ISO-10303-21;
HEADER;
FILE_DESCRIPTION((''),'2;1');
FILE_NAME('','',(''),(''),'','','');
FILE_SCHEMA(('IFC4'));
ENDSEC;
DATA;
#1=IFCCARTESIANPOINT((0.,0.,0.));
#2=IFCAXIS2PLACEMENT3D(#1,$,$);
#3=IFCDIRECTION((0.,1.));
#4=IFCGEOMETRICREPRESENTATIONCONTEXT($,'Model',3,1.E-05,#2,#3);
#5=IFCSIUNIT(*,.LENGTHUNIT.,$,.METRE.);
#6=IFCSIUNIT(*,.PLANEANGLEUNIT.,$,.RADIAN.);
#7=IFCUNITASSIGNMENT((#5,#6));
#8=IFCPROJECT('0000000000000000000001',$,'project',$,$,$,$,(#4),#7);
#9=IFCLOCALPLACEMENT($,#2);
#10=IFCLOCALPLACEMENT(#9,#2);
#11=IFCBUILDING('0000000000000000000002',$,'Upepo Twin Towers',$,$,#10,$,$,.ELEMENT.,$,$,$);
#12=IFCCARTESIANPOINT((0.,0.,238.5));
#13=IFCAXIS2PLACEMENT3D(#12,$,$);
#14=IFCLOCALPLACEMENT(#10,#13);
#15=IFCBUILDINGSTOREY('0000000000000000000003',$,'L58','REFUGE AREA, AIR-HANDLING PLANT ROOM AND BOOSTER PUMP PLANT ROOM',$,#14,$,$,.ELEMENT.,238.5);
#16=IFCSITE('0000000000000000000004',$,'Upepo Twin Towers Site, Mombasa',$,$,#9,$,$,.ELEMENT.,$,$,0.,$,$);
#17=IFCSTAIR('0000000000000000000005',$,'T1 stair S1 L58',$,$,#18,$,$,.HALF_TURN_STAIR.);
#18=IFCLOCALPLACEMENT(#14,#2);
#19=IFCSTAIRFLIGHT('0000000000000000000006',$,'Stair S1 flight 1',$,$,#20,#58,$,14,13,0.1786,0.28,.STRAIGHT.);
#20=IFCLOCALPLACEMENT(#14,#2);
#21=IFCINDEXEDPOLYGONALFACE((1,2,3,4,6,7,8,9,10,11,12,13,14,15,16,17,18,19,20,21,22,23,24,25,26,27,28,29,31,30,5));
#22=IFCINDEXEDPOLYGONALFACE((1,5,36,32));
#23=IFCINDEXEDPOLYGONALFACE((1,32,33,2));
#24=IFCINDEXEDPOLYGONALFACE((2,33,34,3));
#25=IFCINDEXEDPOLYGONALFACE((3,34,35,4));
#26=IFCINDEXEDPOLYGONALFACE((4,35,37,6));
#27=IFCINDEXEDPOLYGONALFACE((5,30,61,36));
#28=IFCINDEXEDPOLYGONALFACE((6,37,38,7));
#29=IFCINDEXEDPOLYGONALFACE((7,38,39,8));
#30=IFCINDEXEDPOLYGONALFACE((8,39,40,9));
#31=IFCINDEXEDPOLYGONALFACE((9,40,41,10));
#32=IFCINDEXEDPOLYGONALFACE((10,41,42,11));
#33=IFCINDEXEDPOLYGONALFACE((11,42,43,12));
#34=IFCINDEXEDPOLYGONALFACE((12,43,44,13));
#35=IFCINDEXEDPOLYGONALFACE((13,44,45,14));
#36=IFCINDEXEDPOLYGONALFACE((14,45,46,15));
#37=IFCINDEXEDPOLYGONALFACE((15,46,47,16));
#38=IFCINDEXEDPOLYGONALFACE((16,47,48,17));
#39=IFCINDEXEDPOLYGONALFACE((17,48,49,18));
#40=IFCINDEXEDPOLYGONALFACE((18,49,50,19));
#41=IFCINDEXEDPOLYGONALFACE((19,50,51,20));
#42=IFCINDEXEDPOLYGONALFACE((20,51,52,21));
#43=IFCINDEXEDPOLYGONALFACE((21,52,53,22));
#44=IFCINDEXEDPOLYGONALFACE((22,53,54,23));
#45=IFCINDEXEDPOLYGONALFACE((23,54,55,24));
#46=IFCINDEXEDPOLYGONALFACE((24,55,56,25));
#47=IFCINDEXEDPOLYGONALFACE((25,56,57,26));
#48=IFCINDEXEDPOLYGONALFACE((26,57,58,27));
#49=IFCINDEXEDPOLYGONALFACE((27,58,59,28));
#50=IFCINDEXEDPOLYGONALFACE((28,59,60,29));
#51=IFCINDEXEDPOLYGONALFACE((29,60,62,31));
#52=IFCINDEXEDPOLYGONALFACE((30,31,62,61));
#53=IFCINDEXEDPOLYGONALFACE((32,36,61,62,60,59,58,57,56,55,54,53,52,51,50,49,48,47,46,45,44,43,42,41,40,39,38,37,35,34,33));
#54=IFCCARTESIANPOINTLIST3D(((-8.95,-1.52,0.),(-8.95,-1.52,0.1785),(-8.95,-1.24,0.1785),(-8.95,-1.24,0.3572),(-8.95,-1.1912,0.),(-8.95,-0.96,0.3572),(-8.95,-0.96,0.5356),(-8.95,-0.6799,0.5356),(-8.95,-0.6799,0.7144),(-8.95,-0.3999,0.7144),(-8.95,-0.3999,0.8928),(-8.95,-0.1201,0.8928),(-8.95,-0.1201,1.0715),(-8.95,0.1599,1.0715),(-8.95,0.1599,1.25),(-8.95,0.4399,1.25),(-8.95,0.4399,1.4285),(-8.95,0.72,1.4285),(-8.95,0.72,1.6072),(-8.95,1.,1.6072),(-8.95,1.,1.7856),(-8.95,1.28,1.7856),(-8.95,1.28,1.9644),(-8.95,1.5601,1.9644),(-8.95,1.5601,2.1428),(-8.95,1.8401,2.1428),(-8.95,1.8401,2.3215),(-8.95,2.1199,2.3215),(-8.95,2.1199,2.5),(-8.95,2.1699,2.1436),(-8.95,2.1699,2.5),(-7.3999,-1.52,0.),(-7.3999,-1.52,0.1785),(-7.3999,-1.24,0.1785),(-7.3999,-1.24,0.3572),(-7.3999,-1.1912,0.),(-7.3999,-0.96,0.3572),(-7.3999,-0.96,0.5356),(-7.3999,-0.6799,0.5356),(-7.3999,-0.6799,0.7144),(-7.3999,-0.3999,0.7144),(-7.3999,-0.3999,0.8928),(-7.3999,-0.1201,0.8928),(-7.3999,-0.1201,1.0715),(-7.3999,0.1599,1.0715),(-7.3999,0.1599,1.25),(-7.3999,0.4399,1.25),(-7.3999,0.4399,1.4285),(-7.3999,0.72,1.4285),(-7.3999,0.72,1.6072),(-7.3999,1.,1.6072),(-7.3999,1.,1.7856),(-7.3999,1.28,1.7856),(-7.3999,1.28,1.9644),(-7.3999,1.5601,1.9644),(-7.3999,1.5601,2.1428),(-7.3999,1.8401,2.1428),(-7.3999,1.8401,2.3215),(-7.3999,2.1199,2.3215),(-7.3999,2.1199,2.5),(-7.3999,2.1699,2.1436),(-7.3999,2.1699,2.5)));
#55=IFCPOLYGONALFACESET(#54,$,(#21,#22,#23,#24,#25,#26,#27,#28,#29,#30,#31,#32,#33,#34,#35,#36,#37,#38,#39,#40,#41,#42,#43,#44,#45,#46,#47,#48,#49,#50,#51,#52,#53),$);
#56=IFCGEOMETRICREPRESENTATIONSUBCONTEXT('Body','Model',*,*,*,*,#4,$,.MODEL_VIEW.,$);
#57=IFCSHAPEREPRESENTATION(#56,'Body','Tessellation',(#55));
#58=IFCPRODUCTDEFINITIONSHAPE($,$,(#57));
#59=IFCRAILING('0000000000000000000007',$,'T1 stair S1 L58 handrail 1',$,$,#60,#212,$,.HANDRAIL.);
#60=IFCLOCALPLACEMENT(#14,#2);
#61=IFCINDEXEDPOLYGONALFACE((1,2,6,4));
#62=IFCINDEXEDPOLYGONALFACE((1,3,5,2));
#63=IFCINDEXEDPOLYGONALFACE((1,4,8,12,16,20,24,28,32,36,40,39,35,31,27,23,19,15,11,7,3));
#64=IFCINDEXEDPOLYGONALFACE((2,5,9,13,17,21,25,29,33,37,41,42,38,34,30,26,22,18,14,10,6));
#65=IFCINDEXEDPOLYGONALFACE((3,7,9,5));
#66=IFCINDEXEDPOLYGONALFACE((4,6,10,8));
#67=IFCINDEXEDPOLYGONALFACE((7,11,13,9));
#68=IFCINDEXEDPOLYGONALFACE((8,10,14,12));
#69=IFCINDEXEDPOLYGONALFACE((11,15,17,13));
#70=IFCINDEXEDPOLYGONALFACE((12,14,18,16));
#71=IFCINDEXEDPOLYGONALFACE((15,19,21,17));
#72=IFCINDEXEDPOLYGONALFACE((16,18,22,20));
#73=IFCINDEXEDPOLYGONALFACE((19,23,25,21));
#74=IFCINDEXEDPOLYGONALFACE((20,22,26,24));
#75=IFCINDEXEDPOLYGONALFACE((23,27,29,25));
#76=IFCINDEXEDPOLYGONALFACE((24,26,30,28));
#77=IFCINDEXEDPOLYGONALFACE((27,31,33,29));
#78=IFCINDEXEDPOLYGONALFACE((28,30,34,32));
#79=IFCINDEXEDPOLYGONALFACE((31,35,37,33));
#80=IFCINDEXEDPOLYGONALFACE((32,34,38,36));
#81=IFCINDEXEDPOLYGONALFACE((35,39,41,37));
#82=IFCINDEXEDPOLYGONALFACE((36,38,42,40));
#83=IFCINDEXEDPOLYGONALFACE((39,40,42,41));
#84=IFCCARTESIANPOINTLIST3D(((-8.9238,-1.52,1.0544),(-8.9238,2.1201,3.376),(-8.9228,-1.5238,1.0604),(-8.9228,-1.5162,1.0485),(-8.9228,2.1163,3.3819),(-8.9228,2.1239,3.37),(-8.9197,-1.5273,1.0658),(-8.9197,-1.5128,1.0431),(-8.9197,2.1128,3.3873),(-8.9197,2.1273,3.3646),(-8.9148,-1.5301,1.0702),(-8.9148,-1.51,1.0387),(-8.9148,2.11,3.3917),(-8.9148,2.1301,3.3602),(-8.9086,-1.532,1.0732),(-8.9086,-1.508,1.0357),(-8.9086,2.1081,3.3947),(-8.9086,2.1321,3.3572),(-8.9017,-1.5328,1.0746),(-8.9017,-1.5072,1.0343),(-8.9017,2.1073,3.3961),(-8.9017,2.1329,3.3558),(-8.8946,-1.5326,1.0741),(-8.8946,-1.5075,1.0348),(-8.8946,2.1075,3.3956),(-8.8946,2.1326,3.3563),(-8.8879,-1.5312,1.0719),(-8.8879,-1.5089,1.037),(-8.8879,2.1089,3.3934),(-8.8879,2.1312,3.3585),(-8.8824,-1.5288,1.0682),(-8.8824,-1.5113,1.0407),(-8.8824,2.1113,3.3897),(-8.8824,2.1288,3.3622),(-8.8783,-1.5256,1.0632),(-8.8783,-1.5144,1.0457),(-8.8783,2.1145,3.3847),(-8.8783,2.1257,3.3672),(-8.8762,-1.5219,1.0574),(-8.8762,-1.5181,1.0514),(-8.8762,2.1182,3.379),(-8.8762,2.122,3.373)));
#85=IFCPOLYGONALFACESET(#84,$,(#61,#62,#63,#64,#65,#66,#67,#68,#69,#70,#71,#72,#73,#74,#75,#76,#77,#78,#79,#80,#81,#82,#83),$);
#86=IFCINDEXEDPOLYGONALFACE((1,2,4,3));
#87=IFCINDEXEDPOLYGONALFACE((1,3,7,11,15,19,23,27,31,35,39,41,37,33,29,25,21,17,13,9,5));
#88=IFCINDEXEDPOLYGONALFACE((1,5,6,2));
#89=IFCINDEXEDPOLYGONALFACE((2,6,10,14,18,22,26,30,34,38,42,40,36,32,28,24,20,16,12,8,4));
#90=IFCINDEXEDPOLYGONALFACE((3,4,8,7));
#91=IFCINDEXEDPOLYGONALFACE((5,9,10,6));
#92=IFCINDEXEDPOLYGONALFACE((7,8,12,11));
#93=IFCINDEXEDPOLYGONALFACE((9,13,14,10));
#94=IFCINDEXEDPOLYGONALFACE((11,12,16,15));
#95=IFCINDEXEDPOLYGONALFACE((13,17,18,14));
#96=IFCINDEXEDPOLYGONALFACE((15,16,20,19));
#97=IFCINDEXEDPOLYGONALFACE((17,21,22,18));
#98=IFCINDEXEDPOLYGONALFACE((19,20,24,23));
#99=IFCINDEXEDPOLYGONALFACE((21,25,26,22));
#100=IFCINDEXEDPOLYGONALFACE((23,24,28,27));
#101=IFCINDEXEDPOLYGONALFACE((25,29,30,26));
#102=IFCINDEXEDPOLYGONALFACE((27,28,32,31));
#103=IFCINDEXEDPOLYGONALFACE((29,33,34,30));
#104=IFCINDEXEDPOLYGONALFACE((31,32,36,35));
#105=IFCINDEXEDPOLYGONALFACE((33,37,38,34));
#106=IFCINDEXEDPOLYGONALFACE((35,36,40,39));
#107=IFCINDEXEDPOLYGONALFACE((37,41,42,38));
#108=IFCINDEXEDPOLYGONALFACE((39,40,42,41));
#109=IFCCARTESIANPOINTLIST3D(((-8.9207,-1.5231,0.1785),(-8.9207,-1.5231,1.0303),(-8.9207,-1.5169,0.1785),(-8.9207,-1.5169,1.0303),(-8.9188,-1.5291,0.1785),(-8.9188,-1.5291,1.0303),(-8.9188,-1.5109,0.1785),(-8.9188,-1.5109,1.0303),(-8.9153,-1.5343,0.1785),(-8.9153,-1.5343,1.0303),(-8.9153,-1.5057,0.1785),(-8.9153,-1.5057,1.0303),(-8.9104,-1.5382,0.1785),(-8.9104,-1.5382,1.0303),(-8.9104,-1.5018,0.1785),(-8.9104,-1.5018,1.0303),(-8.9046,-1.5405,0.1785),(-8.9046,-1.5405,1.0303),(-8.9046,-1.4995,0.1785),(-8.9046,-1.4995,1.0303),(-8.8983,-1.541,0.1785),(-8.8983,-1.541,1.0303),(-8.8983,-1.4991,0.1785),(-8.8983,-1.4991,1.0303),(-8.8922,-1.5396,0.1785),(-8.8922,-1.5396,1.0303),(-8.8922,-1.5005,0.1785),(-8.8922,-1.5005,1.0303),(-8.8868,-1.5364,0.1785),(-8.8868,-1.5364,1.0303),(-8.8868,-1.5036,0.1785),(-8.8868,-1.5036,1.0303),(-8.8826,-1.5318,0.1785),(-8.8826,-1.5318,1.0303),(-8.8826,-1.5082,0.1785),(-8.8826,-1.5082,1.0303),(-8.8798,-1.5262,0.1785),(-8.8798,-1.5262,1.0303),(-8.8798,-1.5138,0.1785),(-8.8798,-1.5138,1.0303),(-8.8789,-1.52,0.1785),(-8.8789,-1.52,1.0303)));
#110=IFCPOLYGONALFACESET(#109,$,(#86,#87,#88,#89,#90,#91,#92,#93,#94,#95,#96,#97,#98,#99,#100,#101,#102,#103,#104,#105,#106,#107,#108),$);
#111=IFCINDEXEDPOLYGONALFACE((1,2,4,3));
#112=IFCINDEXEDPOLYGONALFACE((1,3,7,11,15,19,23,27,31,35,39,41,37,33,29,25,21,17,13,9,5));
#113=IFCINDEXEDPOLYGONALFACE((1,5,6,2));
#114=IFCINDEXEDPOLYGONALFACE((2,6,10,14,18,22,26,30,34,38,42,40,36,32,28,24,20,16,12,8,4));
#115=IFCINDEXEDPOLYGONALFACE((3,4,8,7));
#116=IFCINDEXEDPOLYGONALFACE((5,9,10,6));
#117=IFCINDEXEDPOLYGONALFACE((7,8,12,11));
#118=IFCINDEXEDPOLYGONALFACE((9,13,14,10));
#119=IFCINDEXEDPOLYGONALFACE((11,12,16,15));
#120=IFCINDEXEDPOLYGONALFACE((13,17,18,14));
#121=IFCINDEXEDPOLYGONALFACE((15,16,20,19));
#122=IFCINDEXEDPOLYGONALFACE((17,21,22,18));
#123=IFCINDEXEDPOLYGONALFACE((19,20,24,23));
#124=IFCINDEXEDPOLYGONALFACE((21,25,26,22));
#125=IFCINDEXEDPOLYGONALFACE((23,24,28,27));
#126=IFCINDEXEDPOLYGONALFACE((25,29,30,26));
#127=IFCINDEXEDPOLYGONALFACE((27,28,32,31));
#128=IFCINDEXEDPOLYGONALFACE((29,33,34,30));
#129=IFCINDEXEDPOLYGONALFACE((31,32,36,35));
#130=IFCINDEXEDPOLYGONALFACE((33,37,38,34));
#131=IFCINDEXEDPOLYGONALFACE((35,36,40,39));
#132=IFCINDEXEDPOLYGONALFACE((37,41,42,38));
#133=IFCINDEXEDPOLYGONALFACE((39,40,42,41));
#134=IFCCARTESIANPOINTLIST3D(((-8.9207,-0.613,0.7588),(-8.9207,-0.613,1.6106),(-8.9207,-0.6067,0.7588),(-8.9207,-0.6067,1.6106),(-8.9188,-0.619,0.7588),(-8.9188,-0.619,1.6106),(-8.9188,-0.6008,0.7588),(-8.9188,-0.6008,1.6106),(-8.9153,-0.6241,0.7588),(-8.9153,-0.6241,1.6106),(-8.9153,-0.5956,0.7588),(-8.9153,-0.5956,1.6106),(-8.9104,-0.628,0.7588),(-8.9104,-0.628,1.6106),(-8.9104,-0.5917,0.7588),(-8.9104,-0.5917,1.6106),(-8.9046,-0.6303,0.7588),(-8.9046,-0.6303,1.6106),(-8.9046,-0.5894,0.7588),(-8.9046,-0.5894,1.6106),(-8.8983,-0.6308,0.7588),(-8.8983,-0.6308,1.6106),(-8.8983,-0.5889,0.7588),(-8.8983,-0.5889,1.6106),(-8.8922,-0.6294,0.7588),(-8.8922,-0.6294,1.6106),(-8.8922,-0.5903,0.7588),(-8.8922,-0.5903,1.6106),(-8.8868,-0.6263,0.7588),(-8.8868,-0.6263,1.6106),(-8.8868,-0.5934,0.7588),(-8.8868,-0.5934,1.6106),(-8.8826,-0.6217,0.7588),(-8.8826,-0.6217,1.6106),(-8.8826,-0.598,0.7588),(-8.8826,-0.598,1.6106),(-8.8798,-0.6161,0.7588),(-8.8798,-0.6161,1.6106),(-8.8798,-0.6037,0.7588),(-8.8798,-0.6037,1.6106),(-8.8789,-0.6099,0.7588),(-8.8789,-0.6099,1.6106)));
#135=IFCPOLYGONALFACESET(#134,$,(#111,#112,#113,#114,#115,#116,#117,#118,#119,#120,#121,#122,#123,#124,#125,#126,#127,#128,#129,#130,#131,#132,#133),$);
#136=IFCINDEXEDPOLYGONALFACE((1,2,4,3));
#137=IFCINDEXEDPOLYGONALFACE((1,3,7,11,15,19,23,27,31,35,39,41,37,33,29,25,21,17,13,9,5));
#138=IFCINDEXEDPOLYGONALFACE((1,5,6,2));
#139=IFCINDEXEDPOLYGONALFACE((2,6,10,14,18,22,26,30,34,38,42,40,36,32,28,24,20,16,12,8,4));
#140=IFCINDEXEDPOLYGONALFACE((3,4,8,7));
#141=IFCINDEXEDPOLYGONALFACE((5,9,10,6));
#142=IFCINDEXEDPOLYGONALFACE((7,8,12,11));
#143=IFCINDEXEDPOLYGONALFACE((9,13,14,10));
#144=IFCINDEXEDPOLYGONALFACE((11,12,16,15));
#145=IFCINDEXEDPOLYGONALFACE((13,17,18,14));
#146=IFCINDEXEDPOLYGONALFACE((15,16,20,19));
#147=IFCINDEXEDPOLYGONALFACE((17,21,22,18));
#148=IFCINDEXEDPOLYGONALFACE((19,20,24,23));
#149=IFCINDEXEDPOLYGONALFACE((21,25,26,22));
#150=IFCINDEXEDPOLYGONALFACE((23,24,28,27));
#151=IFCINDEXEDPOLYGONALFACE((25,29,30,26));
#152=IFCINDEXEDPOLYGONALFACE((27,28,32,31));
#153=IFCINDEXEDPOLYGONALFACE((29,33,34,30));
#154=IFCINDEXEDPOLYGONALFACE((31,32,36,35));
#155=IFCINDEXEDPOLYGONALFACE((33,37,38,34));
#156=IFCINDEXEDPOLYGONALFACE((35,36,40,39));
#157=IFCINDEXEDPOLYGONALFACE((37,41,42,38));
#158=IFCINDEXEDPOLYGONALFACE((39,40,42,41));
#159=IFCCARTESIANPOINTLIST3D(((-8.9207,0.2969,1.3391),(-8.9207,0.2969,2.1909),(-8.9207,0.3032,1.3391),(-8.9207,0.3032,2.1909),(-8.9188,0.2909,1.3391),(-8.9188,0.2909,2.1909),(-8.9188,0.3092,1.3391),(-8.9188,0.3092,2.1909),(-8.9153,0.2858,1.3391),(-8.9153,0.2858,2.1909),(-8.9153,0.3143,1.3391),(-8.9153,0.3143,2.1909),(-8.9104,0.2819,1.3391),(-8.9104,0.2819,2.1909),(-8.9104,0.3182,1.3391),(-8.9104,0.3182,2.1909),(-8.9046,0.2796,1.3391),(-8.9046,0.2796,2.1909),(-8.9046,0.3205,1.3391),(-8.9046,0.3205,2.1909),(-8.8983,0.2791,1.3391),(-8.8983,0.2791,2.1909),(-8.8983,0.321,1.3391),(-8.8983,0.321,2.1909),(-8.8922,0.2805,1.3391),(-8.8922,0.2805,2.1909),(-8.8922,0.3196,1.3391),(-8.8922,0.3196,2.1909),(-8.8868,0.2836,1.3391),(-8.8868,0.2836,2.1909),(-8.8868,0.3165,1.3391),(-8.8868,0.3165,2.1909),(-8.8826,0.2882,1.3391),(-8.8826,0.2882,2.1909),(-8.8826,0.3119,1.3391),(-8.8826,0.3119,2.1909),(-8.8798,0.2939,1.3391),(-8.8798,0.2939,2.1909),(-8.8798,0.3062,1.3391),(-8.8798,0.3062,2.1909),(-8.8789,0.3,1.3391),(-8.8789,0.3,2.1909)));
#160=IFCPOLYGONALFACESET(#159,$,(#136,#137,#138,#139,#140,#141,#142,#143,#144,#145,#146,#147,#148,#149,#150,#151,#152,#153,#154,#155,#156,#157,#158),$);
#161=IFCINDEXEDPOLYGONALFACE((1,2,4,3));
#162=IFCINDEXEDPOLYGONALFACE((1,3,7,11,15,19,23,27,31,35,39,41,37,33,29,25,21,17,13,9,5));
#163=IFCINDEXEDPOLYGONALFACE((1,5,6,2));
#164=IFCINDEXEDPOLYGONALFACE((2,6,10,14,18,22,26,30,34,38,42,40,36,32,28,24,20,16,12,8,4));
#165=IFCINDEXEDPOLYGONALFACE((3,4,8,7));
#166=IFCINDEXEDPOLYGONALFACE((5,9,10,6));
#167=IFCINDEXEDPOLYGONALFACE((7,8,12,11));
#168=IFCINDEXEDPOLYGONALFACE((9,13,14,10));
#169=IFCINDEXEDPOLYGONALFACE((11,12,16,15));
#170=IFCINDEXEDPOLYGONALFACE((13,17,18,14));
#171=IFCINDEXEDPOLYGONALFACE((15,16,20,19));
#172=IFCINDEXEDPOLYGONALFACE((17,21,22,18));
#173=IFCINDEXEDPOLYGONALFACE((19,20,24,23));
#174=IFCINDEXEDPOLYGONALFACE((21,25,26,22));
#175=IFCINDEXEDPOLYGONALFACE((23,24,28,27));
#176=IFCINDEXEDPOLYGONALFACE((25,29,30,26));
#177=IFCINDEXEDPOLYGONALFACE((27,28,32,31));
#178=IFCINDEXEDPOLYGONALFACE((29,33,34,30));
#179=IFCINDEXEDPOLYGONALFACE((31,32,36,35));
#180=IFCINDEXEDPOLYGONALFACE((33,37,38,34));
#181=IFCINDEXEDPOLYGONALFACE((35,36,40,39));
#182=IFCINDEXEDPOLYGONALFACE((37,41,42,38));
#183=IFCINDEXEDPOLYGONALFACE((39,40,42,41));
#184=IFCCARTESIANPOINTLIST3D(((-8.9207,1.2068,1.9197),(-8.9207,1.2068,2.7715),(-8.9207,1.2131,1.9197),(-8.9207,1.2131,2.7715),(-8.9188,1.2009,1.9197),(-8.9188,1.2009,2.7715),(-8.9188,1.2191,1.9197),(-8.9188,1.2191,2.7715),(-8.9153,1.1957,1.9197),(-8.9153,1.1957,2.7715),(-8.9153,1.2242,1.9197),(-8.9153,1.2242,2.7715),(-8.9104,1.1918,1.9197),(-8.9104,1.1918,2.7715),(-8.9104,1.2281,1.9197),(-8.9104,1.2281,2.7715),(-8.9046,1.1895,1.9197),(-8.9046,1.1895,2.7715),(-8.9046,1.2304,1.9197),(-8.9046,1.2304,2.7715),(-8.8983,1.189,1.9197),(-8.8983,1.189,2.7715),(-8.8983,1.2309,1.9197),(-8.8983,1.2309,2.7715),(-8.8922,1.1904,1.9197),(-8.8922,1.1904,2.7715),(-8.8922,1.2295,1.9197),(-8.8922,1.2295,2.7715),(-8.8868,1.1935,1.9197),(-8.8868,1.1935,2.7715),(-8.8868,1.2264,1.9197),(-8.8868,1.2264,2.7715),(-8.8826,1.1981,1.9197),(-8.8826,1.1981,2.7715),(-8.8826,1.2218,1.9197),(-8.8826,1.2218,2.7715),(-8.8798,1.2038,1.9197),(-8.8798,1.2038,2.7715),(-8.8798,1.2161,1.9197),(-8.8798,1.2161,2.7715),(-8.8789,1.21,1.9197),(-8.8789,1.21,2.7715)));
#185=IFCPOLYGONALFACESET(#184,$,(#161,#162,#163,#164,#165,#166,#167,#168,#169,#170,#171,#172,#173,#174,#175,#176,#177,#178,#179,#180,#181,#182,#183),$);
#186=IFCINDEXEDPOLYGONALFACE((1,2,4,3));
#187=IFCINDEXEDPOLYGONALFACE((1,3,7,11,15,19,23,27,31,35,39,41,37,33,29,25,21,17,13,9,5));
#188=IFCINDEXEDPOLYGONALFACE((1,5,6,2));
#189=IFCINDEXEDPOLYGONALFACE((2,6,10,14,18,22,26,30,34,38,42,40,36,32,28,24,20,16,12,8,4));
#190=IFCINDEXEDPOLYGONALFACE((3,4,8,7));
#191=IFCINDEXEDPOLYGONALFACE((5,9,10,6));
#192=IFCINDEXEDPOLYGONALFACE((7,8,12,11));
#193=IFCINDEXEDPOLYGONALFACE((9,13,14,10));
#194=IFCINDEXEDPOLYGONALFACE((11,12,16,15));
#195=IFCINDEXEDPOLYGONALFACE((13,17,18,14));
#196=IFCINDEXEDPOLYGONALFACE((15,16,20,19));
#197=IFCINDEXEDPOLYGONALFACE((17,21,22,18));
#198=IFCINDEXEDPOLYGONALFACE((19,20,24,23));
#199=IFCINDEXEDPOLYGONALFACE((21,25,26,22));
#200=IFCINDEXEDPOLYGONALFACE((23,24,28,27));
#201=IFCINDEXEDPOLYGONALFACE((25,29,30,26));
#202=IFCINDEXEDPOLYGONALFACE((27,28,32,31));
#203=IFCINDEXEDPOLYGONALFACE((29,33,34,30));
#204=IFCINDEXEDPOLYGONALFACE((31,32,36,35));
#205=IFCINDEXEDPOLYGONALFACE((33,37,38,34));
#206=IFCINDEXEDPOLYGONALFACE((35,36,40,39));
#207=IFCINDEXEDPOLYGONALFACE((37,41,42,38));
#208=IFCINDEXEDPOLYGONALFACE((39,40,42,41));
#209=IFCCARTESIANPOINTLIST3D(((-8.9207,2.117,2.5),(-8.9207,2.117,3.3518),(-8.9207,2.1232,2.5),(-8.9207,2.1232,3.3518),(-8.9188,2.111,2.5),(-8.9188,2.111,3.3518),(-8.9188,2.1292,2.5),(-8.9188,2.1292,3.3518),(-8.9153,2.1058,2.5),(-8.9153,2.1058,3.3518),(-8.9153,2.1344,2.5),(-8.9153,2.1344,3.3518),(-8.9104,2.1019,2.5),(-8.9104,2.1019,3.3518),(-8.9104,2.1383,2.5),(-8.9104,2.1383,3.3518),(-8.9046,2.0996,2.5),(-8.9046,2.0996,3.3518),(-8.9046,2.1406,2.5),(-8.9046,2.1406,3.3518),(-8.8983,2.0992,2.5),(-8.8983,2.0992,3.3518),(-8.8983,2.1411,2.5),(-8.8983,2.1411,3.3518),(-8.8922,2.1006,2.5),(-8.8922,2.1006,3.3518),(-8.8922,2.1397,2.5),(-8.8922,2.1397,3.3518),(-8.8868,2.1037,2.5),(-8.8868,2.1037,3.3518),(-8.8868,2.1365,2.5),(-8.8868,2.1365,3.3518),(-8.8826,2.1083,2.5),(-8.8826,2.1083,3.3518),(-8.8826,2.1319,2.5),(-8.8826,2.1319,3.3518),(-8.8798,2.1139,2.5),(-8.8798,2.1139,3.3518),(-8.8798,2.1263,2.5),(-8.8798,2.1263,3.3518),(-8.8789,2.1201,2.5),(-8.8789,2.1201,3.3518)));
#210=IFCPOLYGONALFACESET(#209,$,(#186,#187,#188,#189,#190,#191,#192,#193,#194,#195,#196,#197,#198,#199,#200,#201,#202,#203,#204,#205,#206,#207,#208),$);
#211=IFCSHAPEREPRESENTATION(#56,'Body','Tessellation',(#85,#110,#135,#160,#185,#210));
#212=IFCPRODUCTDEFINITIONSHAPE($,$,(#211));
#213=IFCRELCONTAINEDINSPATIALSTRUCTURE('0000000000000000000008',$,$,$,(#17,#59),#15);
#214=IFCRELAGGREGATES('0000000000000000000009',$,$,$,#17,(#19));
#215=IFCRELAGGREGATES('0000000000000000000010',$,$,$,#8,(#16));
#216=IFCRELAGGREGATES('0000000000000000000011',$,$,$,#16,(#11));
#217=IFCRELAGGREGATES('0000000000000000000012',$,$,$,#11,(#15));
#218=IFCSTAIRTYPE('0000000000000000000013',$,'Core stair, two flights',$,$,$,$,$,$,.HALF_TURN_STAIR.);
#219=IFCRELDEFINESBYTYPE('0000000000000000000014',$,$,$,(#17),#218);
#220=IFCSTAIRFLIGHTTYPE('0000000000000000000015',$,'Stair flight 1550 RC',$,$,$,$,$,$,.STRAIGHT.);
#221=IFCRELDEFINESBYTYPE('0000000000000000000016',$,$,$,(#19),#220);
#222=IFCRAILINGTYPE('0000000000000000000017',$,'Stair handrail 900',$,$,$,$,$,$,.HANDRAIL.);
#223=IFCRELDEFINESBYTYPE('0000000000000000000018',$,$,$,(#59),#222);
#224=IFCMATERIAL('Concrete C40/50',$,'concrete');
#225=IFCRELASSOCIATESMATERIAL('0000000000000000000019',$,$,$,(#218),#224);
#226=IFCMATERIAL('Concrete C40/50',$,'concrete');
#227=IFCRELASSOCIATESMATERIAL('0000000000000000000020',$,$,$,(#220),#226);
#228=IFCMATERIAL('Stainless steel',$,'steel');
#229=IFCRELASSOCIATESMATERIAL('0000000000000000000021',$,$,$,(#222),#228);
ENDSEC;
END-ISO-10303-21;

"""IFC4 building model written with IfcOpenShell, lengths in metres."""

from ifc_helpers import new_model, si_unit, direction, frame, origin, origin_2d, place, context, subcontext, project, spatial, polyline, circle, outline, extrude, material, type_object, element, aggregate, save


model = new_model("IFC4")

# Units and contexts
model_context = context("Model", 3, precision=1e-05, world=origin(), true_north=direction((0.0, 1.0)))
body_context = subcontext(model_context, "Body", "Model", "MODEL_VIEW")
ifc_project = project(units=[si_unit("LENGTHUNIT", "METRE"), si_unit("PLANEANGLEUNIT", "RADIAN")], contexts=[model_context])

# Site, building, storey
site_placement = place(None, origin())
site = spatial("IfcSite", under=ifc_project, at=site_placement, Name="Upepo Twin Towers Site, Mombasa", CompositionType="ELEMENT", RefElevation=0.0)
building_placement = place(site_placement, origin())
building = spatial("IfcBuilding", under=site, at=building_placement, Name="Upepo Twin Towers", CompositionType="ELEMENT")
storey_placement = place(building_placement, frame((0.0, 0.0, 238.5)))
storey = spatial("IfcBuildingStorey", under=building, at=storey_placement, Name="L58", Description="REFUGE AREA, AIR-HANDLING PLANT ROOM AND BOOSTER PUMP PLANT ROOM", CompositionType="ELEMENT", Elevation=238.5)

# Stair
ifc_material_1 = material(Name="Concrete C40/50", Category="concrete")
stair_type = type_object("IfcStairType", Name="Core stair, two flights", PredefinedType="HALF_TURN_STAIR", material=ifc_material_1)
stair_1_placement = place(storey_placement, origin())
stair_1 = element("IfcStair", 1, at=stair_1_placement, inside=storey, type_object=stair_type, Name="T1 stair S1 L58", PredefinedType="HALF_TURN_STAIR")

# Stair flight
ifc_material_2 = material(Name="Concrete C40/50", Category="concrete")
stair_flight_type = type_object("IfcStairFlightType", Name="Stair flight 1550 RC", PredefinedType="STRAIGHT", material=ifc_material_2)
stair_flight_placement = place(storey_placement, frame((-8.175, -1.52, 0.0), z_axis=(0.0, 0.0, 1.0), x_axis=(0.0, 1.0, 0.0)))
stair_flight = element("IfcStairFlight", 2, at=stair_flight_placement, type_object=stair_flight_type, Name="Stair S1 flight 1", NumberOfRisers=14, NumberOfTreads=13, PredefinedType="STRAIGHT", RiserHeight=0.1786, TreadLength=0.28, context=body_context, shape_type="SweptSolid", body=[
    extrude(outline(polyline([(0.0, 0.0), (0.0, 0.1785), (0.28, 0.1785), (0.28, 0.3572), (0.5601, 0.3572), (0.5601, 0.5356), (0.8401, 0.5356), (0.8401, 0.7144), (1.1201, 0.7144), (1.1201, 0.8928), (1.3999, 0.8928), (1.3999, 1.0715), (1.6799, 1.0715), (1.6799, 1.25), (1.96, 1.25), (1.96, 1.4285), (2.24, 1.4285), (2.24, 1.6072), (2.52, 1.6072), (2.52, 1.7856), (2.8, 1.7856), (2.8, 1.9644), (3.0801, 1.9644), (3.0801, 2.1428), (3.3601, 2.1428), (3.3601, 2.3215), (3.6399, 2.3215), (3.6399, 2.5), (3.6899, 2.5), (3.6899, 2.1436), (0.3289, 0.0), (0.0, 0.0)])), frame((0.0, 0.7749, 0.0), z_axis=(0.0, -1.0, 0.0), x_axis=(1.0, 0.0, 0.0)), (0.0, 0.0, 1.0), 1.55),
])
aggregate(stair_1, [stair_flight])

# Railing
ifc_material_3 = material(Name="Stainless steel", Category="steel")
railing_type = type_object("IfcRailingType", Name="Stair handrail 900", PredefinedType="HANDRAIL", material=ifc_material_3)
railing_placement = place(storey_placement, frame((-8.8999, -1.52, 0.1785)))
element("IfcRailing", 3, at=railing_placement, inside=storey, type_object=railing_type, Name="T1 stair S1 L58 handrail 1", PredefinedType="HANDRAIL", context=body_context, shape_type="SweptSolid", body=[
    extrude(circle(Radius=0.0239, at=origin_2d()), frame((0.0, 0.0, 0.876), z_axis=(0.0, 0.843128, 0.537713), x_axis=(-1.0, 0.0, 0.0)), (0.0, 0.0, 1.0), 4.3174),
    extrude(circle(Radius=0.021, at=origin_2d()), origin(), (0.0, 0.0, 1.0), 0.8518),
    extrude(circle(Radius=0.021, at=origin_2d()), frame((0.0, 0.9102, 0.5803)), (0.0, 0.0, 1.0), 0.8518),
    extrude(circle(Radius=0.021, at=origin_2d()), frame((0.0, 1.8201, 1.1606)), (0.0, 0.0, 1.0), 0.8518),
    extrude(circle(Radius=0.021, at=origin_2d()), frame((0.0, 2.73, 1.7412)), (0.0, 0.0, 1.0), 0.8518),
    extrude(circle(Radius=0.021, at=origin_2d()), frame((0.0, 3.6401, 2.3215)), (0.0, 0.0, 1.0), 0.8518),
])

save(model, "model.ifc")
